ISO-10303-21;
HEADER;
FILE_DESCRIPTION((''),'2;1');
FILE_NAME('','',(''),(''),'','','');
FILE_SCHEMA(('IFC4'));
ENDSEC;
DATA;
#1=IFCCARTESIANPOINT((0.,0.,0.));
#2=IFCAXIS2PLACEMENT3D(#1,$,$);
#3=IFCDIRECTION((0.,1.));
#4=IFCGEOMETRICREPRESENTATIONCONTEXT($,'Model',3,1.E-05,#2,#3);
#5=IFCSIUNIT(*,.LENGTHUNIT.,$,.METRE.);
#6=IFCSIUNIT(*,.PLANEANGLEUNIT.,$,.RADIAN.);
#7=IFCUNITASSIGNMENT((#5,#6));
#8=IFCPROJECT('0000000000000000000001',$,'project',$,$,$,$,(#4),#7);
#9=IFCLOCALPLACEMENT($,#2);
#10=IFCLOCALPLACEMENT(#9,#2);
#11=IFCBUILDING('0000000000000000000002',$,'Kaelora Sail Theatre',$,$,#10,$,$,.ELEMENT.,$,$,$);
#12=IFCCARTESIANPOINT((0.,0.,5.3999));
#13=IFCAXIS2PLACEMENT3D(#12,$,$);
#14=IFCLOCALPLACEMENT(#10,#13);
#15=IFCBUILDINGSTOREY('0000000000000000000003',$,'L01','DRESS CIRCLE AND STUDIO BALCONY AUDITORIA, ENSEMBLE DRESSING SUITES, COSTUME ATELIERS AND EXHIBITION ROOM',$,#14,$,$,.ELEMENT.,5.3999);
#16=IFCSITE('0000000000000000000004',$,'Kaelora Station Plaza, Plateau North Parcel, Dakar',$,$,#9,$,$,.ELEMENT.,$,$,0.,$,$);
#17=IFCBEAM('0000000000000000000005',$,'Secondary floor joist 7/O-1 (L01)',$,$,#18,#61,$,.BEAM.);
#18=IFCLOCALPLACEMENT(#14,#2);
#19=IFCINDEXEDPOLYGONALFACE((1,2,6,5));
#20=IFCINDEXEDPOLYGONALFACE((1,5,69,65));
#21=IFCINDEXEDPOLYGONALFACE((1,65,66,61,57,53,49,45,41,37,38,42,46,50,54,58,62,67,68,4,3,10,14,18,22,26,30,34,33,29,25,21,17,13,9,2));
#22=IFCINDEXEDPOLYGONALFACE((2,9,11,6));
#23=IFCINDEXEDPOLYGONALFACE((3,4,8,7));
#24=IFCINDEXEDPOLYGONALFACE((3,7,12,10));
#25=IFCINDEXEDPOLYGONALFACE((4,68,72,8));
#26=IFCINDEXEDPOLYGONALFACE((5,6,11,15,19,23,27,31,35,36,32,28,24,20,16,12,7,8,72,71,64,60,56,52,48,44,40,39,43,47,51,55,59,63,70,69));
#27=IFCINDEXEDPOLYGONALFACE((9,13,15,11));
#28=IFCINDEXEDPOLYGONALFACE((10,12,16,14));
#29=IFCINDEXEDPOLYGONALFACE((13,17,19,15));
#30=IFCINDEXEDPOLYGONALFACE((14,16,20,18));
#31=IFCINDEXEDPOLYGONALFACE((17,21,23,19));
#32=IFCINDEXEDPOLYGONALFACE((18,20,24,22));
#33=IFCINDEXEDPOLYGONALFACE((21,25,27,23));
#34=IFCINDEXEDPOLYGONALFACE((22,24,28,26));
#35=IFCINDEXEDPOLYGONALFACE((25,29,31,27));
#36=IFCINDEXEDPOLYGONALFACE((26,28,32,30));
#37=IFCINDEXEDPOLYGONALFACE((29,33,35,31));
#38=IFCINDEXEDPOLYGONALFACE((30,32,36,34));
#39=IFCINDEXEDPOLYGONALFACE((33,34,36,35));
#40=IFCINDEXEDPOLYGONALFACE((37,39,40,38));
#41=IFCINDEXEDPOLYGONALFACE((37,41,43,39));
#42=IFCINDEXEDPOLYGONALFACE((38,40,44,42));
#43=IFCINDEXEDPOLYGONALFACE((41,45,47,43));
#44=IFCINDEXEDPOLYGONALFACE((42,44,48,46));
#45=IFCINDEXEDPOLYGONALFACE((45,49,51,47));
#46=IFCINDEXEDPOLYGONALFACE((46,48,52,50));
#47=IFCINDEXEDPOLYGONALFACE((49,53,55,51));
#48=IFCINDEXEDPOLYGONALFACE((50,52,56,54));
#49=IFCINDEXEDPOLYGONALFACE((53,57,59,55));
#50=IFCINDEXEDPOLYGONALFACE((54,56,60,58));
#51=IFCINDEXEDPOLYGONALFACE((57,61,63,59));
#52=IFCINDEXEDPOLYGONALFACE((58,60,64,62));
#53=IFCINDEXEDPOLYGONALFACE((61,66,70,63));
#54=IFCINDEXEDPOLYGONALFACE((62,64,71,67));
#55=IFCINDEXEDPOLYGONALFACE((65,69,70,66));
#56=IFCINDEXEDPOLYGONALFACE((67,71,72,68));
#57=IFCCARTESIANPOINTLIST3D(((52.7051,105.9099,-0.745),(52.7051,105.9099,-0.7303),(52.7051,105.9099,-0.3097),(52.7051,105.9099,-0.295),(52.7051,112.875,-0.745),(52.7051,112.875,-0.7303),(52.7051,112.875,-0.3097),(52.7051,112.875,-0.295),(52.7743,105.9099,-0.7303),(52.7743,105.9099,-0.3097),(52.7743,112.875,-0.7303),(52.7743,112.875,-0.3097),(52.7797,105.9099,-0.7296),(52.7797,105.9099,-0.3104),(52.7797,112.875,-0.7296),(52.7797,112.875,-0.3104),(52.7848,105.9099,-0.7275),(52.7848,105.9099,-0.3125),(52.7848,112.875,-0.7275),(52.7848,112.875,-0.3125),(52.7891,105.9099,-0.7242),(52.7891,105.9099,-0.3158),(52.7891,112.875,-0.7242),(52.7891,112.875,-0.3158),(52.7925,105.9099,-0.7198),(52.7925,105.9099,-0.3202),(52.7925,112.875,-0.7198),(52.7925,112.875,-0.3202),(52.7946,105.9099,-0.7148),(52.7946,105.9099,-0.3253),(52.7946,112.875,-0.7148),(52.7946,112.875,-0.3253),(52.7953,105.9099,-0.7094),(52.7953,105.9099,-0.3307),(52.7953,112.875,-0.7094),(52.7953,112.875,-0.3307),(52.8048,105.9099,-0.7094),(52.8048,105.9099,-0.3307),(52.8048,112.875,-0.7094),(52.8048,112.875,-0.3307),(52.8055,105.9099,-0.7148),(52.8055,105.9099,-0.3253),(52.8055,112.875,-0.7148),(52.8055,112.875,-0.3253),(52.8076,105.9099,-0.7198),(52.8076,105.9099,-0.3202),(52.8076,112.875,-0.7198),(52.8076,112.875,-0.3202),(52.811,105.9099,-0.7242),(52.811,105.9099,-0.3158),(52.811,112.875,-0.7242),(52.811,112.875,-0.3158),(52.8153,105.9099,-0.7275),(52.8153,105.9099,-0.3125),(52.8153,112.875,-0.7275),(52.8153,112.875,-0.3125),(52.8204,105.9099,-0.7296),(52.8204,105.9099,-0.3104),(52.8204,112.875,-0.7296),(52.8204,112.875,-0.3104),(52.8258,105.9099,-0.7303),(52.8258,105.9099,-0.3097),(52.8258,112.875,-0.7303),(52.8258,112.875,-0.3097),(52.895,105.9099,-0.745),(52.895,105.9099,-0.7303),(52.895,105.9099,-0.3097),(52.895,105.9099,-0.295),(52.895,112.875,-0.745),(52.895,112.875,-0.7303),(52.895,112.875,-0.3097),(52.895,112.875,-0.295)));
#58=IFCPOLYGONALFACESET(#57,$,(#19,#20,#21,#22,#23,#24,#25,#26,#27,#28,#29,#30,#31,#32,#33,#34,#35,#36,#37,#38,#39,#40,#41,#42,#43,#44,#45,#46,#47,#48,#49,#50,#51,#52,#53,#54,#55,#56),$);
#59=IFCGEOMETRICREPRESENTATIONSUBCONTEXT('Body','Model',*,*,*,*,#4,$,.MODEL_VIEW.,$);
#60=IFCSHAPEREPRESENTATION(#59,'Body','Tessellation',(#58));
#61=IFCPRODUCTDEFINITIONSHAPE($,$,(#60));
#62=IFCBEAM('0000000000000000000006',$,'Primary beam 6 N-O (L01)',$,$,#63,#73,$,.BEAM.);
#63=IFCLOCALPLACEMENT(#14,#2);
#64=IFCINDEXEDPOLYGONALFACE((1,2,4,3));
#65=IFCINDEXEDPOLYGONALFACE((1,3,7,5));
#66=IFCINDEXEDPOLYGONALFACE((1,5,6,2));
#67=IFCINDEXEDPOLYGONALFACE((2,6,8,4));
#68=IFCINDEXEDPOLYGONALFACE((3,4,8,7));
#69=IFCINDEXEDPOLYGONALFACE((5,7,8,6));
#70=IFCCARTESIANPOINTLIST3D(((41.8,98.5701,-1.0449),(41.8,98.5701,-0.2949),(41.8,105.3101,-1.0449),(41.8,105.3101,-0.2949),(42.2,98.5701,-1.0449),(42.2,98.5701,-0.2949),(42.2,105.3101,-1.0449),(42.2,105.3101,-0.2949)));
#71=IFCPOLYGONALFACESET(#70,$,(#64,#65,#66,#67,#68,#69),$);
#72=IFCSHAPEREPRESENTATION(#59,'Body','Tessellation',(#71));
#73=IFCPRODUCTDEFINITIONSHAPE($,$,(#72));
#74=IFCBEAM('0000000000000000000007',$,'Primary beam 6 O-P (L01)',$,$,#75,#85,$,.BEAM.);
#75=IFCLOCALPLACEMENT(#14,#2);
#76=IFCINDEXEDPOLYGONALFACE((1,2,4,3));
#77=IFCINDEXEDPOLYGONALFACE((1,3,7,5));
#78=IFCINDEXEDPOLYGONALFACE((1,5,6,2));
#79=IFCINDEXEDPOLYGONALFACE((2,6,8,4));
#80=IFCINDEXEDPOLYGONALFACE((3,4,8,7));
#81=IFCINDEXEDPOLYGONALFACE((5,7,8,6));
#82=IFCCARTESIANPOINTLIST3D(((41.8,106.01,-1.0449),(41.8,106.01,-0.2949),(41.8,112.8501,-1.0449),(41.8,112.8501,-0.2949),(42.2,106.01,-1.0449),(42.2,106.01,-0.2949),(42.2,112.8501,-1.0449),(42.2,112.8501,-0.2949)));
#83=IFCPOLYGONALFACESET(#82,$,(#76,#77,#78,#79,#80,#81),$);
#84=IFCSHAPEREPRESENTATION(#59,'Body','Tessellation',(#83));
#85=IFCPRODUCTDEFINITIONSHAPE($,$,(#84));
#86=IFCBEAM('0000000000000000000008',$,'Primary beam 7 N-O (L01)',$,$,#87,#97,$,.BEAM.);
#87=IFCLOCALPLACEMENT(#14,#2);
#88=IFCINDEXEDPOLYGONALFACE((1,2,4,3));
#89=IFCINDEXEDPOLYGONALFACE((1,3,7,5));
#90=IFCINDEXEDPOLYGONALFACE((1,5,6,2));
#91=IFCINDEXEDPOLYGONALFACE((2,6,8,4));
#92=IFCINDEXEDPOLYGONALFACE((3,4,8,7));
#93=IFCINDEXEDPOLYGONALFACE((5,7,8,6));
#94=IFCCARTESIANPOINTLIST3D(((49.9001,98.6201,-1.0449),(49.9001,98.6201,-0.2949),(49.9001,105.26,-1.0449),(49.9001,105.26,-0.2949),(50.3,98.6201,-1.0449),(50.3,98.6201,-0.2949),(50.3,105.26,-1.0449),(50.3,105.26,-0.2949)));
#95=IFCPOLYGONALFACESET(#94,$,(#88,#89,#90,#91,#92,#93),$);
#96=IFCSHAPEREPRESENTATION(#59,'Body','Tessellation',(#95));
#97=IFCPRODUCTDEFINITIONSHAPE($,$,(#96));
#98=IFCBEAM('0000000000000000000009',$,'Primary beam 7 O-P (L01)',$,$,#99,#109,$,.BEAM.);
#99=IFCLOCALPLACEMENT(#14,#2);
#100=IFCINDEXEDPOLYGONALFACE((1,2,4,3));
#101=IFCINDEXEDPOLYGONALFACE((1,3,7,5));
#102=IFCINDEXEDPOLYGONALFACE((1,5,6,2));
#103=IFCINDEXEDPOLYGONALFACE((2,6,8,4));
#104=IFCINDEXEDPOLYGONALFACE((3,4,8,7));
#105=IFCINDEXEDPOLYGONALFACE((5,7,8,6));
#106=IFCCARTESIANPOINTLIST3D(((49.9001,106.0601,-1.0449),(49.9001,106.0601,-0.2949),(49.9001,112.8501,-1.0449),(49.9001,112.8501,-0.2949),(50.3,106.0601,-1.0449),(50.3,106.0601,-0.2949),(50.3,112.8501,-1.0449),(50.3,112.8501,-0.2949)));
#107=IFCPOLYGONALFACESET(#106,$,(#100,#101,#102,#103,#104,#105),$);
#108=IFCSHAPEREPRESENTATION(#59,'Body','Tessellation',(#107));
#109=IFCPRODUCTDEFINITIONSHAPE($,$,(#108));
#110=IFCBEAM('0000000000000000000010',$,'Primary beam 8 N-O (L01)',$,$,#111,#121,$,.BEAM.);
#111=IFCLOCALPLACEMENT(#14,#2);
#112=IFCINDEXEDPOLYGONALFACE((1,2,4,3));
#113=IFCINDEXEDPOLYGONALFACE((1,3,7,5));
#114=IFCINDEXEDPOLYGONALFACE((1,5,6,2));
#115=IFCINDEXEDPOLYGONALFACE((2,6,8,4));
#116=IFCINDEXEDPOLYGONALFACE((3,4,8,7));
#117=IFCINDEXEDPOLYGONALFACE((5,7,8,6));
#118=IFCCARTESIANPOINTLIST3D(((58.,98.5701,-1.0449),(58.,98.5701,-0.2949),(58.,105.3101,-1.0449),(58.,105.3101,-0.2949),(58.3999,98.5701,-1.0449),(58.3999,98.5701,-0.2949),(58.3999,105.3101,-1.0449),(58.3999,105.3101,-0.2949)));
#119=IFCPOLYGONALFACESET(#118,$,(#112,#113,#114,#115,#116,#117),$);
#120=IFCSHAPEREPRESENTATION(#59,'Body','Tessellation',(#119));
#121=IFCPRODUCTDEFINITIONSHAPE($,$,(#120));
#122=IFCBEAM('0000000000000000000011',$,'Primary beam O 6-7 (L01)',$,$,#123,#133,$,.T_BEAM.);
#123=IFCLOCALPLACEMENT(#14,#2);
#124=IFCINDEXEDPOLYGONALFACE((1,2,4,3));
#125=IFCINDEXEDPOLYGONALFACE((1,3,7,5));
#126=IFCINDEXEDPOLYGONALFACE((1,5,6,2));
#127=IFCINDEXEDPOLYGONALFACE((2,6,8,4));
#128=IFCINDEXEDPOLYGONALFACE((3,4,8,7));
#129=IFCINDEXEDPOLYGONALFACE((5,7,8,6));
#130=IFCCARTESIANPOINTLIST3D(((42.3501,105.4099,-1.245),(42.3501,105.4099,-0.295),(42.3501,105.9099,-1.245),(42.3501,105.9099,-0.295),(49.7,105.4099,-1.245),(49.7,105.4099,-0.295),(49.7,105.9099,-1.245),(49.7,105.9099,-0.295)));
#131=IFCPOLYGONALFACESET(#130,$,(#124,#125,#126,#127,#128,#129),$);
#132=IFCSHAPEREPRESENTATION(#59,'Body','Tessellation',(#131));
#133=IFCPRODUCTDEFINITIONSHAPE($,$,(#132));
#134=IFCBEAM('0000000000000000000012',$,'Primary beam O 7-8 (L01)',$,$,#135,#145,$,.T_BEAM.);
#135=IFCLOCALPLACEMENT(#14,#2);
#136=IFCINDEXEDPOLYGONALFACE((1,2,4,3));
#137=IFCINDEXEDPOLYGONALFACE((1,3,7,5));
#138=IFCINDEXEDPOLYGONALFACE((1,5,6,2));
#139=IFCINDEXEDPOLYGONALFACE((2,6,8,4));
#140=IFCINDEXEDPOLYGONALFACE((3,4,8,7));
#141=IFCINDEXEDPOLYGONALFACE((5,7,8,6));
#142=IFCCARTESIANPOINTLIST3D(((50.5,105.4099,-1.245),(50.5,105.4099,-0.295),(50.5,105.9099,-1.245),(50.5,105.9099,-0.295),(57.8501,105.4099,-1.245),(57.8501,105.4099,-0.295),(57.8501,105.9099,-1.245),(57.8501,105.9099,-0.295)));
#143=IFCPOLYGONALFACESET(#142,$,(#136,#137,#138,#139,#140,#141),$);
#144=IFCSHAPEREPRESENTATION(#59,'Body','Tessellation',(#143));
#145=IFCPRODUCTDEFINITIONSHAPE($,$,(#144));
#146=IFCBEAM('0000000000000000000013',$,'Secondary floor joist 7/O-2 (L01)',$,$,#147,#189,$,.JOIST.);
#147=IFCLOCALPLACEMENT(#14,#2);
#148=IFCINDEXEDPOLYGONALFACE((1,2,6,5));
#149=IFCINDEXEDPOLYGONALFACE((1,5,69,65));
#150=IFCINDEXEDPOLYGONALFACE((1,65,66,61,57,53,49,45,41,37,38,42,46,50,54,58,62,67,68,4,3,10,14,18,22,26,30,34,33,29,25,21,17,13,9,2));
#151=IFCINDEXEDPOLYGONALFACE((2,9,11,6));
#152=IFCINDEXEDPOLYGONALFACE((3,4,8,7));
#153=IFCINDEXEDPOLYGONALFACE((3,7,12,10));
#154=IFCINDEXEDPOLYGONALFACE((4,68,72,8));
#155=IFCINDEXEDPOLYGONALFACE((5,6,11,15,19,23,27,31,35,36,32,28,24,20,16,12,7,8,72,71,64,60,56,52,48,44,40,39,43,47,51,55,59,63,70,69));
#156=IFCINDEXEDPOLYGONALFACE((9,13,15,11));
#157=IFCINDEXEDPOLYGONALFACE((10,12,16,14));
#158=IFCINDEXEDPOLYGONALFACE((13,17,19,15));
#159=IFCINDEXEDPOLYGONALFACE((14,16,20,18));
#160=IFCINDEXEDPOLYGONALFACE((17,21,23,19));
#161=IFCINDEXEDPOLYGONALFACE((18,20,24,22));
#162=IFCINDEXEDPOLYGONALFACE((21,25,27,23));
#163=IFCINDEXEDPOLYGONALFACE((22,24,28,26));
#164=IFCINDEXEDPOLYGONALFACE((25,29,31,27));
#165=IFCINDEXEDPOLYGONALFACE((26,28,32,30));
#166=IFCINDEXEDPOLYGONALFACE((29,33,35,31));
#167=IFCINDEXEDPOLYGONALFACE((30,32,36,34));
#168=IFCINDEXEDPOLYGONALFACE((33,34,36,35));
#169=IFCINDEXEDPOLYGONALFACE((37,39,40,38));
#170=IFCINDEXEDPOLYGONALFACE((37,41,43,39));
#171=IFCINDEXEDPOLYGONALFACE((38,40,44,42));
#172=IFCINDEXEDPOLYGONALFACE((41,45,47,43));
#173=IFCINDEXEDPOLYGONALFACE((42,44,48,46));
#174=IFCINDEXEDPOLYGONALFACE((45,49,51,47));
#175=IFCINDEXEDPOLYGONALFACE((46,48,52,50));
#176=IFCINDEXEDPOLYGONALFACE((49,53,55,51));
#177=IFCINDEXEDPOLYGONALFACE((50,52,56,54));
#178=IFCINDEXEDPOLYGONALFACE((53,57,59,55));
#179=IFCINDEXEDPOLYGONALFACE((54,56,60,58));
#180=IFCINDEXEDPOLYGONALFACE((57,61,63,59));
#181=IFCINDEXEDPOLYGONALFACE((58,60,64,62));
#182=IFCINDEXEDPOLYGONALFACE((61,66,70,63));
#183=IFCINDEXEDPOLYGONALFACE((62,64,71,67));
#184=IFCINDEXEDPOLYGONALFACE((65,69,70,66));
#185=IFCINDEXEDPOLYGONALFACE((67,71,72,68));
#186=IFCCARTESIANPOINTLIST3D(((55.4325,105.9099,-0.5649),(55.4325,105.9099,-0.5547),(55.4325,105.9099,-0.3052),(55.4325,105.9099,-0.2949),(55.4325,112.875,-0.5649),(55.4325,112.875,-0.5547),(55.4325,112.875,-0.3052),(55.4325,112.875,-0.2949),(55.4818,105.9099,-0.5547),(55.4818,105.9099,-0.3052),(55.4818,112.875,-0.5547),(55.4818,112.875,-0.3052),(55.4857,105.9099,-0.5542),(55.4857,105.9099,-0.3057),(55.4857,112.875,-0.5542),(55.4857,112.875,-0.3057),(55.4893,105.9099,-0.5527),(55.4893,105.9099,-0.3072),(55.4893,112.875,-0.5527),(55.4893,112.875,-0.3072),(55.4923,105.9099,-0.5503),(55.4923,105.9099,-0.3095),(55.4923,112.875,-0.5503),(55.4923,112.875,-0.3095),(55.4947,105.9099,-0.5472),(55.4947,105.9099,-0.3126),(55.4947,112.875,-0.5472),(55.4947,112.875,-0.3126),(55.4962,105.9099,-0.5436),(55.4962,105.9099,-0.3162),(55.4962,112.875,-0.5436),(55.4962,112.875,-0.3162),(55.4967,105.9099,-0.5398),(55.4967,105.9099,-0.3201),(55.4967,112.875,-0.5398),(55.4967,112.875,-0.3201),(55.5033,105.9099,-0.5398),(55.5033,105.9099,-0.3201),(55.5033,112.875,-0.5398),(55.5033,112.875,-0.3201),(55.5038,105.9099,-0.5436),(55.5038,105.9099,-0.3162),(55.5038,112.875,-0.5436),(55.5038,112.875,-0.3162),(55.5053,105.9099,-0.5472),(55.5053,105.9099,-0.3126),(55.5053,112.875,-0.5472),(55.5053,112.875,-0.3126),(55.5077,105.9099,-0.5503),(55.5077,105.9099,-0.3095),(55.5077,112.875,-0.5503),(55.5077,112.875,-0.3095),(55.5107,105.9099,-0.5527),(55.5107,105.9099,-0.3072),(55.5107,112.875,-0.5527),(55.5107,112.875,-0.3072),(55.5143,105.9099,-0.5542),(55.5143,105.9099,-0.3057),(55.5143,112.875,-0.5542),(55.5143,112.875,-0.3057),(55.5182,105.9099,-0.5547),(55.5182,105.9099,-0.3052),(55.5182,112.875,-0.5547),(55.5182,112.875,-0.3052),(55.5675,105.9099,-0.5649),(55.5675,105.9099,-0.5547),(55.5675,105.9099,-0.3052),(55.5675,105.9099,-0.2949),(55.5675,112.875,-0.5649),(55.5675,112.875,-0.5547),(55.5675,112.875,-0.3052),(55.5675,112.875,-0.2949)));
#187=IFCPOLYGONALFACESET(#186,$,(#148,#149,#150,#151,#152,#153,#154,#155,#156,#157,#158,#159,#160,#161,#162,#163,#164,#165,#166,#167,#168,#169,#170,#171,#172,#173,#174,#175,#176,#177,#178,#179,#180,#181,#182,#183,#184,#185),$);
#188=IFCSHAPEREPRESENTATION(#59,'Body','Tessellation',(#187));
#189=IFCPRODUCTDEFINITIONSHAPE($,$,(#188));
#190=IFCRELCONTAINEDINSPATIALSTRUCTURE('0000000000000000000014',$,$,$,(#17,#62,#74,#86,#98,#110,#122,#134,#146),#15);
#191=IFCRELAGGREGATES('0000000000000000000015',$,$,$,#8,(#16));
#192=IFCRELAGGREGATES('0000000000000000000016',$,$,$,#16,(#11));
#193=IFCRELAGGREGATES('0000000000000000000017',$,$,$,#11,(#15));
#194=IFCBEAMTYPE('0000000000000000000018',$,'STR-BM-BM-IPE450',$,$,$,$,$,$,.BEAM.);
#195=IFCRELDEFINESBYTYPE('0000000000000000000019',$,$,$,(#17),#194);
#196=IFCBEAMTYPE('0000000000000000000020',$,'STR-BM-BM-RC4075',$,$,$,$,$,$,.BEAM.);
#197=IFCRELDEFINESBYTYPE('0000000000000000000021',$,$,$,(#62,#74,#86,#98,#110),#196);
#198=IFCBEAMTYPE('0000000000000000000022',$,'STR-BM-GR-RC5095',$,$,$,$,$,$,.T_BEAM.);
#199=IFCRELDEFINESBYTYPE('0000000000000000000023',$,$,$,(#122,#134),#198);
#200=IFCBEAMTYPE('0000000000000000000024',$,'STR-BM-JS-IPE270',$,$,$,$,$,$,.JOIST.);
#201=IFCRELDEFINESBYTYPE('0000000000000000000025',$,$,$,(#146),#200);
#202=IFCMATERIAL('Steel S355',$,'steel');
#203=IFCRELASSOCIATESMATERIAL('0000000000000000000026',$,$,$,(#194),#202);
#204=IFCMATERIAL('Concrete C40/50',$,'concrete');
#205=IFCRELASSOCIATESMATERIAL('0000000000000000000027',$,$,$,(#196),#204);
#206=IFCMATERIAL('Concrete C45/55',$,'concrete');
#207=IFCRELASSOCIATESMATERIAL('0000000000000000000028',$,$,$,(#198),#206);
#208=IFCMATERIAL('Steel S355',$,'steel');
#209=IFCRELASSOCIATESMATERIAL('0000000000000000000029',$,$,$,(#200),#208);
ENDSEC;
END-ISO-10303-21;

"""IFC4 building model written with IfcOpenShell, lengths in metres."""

from ifc_helpers import new_model, si_unit, direction, frame, origin, origin_2d, place, context, subcontext, project, spatial, rectangle, i_section, extrude, material, material_profile, profile_set, type_object, element, save


model = new_model("IFC4")

# Units and contexts
model_context = context("Model", 3, precision=1e-05, world=origin(), true_north=direction((0.0, 1.0)))
body_context = subcontext(model_context, "Body", "Model", "MODEL_VIEW")
ifc_project = project(units=[si_unit("LENGTHUNIT", "METRE"), si_unit("PLANEANGLEUNIT", "RADIAN")], contexts=[model_context])

# Site, building, storey
site_placement = place(None, origin())
site = spatial("IfcSite", under=ifc_project, at=site_placement, Name="Kaelora Station Plaza, Plateau North Parcel, Dakar", CompositionType="ELEMENT", RefElevation=0.0)
building_placement = place(site_placement, origin())
building = spatial("IfcBuilding", under=site, at=building_placement, Name="Kaelora Sail Theatre", CompositionType="ELEMENT")
storey_placement = place(building_placement, frame((0.0, 0.0, 5.3999)))
storey = spatial("IfcBuildingStorey", under=building, at=storey_placement, Name="L01", Description="DRESS CIRCLE AND STUDIO BALCONY AUDITORIA, ENSEMBLE DRESSING SUITES, COSTUME ATELIERS AND EXHIBITION ROOM", CompositionType="ELEMENT", Elevation=5.3999)

# Beams
ifc_material_1 = material(Name="Steel S355", Category="steel")
ifc_material_profile_1 = material_profile(ifc_material_1, i_section(OverallWidth=0.1899, OverallDepth=0.45, WebThickness=0.0095, FlangeThickness=0.0146, FilletRadius=0.021, at=origin_2d()), Name="IPE 450")
ifc_profile_set_1 = profile_set([ifc_material_profile_1], Name="Steel S355")
beam_type_1 = type_object("IfcBeamType", Name="STR-BM-BM-IPE450", PredefinedType="BEAM", material=ifc_profile_set_1)
beam_1_placement = place(storey_placement, frame((52.8, 105.9099, -0.52), z_axis=(0.0, 1.0, 0.0), x_axis=(-1.0, 0.0, 0.0)))
element("IfcBeam", 1, at=beam_1_placement, inside=storey, type_object=beam_type_1, Name="Secondary floor joist 7/O-1 (L01)", PredefinedType="BEAM", context=body_context, shape_type="SweptSolid", body=[
    extrude(i_section(OverallWidth=0.1899, OverallDepth=0.45, WebThickness=0.0095, FlangeThickness=0.0146, FilletRadius=0.021, at=origin_2d()), origin(), (0.0, 0.0, 1.0), 6.9651),
])
ifc_material_2 = material(Name="Concrete C40/50", Category="concrete")
ifc_material_profile_2 = material_profile(ifc_material_2, rectangle(XDim=0.3999, YDim=0.75, at=origin_2d()), Name="RC-BM 400x750")
ifc_profile_set_2 = profile_set([ifc_material_profile_2], Name="Concrete C40/50")
beam_type_2 = type_object("IfcBeamType", Name="STR-BM-BM-RC4075", PredefinedType="BEAM", material=ifc_profile_set_2)
beam_2_placement = place(storey_placement, frame((42.0, 98.5701, -0.6699), z_axis=(0.0, 1.0, 0.0), x_axis=(-1.0, 0.0, 0.0)))
element("IfcBeam", 2, at=beam_2_placement, inside=storey, type_object=beam_type_2, Name="Primary beam 6 N-O (L01)", PredefinedType="BEAM", context=body_context, shape_type="SweptSolid", body=[
    extrude(rectangle(XDim=0.3999, YDim=0.75, at=origin_2d()), origin(), (0.0, 0.0, 1.0), 6.74),
])
beam_3_placement = place(storey_placement, frame((42.0, 106.01, -0.6699), z_axis=(0.0, 1.0, 0.0), x_axis=(-1.0, 0.0, 0.0)))
element("IfcBeam", 3, at=beam_3_placement, inside=storey, type_object=beam_type_2, Name="Primary beam 6 O-P (L01)", PredefinedType="BEAM", context=body_context, shape_type="SweptSolid", body=[
    extrude(rectangle(XDim=0.3999, YDim=0.75, at=origin_2d()), origin(), (0.0, 0.0, 1.0), 6.8401),
])
beam_4_placement = place(storey_placement, frame((50.1001, 98.6201, -0.6699), z_axis=(0.0, 1.0, 0.0), x_axis=(-1.0, 0.0, 0.0)))
element("IfcBeam", 4, at=beam_4_placement, inside=storey, type_object=beam_type_2, Name="Primary beam 7 N-O (L01)", PredefinedType="BEAM", context=body_context, shape_type="SweptSolid", body=[
    extrude(rectangle(XDim=0.3999, YDim=0.75, at=origin_2d()), origin(), (0.0, 0.0, 1.0), 6.6399),
])
beam_5_placement = place(storey_placement, frame((50.1001, 106.0601, -0.6699), z_axis=(0.0, 1.0, 0.0), x_axis=(-1.0, 0.0, 0.0)))
element("IfcBeam", 5, at=beam_5_placement, inside=storey, type_object=beam_type_2, Name="Primary beam 7 O-P (L01)", PredefinedType="BEAM", context=body_context, shape_type="SweptSolid", body=[
    extrude(rectangle(XDim=0.3999, YDim=0.75, at=origin_2d()), origin(), (0.0, 0.0, 1.0), 6.79),
])
beam_6_placement = place(storey_placement, frame((58.2, 98.5701, -0.6699), z_axis=(0.0, 1.0, 0.0), x_axis=(-1.0, 0.0, 0.0)))
element("IfcBeam", 6, at=beam_6_placement, inside=storey, type_object=beam_type_2, Name="Primary beam 8 N-O (L01)", PredefinedType="BEAM", context=body_context, shape_type="SweptSolid", body=[
    extrude(rectangle(XDim=0.3999, YDim=0.75, at=origin_2d()), origin(), (0.0, 0.0, 1.0), 6.74),
])
ifc_material_3 = material(Name="Concrete C45/55", Category="concrete")
ifc_material_profile_3 = material_profile(ifc_material_3, rectangle(XDim=0.5, YDim=0.95, at=origin_2d()), Name="RC-GRD 500x950")
ifc_profile_set_3 = profile_set([ifc_material_profile_3], Name="Concrete C45/55")
beam_type_3 = type_object("IfcBeamType", Name="STR-BM-GR-RC5095", PredefinedType="T_BEAM", material=ifc_profile_set_3)
beam_7_placement = place(storey_placement, frame((42.3501, 105.6599, -0.77), z_axis=(1.0, 0.0, 0.0), x_axis=(0.0, 1.0, 0.0)))
element("IfcBeam", 7, at=beam_7_placement, inside=storey, type_object=beam_type_3, Name="Primary beam O 6-7 (L01)", PredefinedType="T_BEAM", context=body_context, shape_type="SweptSolid", body=[
    extrude(rectangle(XDim=0.5, YDim=0.95, at=origin_2d()), origin(), (0.0, 0.0, 1.0), 7.3499),
])
beam_8_placement = place(storey_placement, frame((50.5, 105.6599, -0.77), z_axis=(1.0, 0.0, 0.0), x_axis=(0.0, 1.0, 0.0)))
element("IfcBeam", 8, at=beam_8_placement, inside=storey, type_object=beam_type_3, Name="Primary beam O 7-8 (L01)", PredefinedType="T_BEAM", context=body_context, shape_type="SweptSolid", body=[
    extrude(rectangle(XDim=0.5, YDim=0.95, at=origin_2d()), origin(), (0.0, 0.0, 1.0), 7.3501),
])
ifc_material_4 = material(Name="Steel S355", Category="steel")
ifc_material_profile_4 = material_profile(ifc_material_4, i_section(OverallWidth=0.135, OverallDepth=0.27, WebThickness=0.0066, FlangeThickness=0.0103, FilletRadius=0.0149, at=origin_2d()), Name="IPE 270")
ifc_profile_set_4 = profile_set([ifc_material_profile_4], Name="Steel S355")
beam_type_4 = type_object("IfcBeamType", Name="STR-BM-JS-IPE270", PredefinedType="JOIST", material=ifc_profile_set_4)
beam_9_placement = place(storey_placement, frame((55.5, 105.9099, -0.4299), z_axis=(0.0, 1.0, 0.0), x_axis=(-1.0, 0.0, 0.0)))
element("IfcBeam", 9, at=beam_9_placement, inside=storey, type_object=beam_type_4, Name="Secondary floor joist 7/O-2 (L01)", PredefinedType="JOIST", context=body_context, shape_type="SweptSolid", body=[
    extrude(i_section(OverallWidth=0.135, OverallDepth=0.27, WebThickness=0.0066, FlangeThickness=0.0103, FilletRadius=0.0149, at=origin_2d()), origin(), (0.0, 0.0, 1.0), 6.9651),
])

save(model, "model.ifc")
